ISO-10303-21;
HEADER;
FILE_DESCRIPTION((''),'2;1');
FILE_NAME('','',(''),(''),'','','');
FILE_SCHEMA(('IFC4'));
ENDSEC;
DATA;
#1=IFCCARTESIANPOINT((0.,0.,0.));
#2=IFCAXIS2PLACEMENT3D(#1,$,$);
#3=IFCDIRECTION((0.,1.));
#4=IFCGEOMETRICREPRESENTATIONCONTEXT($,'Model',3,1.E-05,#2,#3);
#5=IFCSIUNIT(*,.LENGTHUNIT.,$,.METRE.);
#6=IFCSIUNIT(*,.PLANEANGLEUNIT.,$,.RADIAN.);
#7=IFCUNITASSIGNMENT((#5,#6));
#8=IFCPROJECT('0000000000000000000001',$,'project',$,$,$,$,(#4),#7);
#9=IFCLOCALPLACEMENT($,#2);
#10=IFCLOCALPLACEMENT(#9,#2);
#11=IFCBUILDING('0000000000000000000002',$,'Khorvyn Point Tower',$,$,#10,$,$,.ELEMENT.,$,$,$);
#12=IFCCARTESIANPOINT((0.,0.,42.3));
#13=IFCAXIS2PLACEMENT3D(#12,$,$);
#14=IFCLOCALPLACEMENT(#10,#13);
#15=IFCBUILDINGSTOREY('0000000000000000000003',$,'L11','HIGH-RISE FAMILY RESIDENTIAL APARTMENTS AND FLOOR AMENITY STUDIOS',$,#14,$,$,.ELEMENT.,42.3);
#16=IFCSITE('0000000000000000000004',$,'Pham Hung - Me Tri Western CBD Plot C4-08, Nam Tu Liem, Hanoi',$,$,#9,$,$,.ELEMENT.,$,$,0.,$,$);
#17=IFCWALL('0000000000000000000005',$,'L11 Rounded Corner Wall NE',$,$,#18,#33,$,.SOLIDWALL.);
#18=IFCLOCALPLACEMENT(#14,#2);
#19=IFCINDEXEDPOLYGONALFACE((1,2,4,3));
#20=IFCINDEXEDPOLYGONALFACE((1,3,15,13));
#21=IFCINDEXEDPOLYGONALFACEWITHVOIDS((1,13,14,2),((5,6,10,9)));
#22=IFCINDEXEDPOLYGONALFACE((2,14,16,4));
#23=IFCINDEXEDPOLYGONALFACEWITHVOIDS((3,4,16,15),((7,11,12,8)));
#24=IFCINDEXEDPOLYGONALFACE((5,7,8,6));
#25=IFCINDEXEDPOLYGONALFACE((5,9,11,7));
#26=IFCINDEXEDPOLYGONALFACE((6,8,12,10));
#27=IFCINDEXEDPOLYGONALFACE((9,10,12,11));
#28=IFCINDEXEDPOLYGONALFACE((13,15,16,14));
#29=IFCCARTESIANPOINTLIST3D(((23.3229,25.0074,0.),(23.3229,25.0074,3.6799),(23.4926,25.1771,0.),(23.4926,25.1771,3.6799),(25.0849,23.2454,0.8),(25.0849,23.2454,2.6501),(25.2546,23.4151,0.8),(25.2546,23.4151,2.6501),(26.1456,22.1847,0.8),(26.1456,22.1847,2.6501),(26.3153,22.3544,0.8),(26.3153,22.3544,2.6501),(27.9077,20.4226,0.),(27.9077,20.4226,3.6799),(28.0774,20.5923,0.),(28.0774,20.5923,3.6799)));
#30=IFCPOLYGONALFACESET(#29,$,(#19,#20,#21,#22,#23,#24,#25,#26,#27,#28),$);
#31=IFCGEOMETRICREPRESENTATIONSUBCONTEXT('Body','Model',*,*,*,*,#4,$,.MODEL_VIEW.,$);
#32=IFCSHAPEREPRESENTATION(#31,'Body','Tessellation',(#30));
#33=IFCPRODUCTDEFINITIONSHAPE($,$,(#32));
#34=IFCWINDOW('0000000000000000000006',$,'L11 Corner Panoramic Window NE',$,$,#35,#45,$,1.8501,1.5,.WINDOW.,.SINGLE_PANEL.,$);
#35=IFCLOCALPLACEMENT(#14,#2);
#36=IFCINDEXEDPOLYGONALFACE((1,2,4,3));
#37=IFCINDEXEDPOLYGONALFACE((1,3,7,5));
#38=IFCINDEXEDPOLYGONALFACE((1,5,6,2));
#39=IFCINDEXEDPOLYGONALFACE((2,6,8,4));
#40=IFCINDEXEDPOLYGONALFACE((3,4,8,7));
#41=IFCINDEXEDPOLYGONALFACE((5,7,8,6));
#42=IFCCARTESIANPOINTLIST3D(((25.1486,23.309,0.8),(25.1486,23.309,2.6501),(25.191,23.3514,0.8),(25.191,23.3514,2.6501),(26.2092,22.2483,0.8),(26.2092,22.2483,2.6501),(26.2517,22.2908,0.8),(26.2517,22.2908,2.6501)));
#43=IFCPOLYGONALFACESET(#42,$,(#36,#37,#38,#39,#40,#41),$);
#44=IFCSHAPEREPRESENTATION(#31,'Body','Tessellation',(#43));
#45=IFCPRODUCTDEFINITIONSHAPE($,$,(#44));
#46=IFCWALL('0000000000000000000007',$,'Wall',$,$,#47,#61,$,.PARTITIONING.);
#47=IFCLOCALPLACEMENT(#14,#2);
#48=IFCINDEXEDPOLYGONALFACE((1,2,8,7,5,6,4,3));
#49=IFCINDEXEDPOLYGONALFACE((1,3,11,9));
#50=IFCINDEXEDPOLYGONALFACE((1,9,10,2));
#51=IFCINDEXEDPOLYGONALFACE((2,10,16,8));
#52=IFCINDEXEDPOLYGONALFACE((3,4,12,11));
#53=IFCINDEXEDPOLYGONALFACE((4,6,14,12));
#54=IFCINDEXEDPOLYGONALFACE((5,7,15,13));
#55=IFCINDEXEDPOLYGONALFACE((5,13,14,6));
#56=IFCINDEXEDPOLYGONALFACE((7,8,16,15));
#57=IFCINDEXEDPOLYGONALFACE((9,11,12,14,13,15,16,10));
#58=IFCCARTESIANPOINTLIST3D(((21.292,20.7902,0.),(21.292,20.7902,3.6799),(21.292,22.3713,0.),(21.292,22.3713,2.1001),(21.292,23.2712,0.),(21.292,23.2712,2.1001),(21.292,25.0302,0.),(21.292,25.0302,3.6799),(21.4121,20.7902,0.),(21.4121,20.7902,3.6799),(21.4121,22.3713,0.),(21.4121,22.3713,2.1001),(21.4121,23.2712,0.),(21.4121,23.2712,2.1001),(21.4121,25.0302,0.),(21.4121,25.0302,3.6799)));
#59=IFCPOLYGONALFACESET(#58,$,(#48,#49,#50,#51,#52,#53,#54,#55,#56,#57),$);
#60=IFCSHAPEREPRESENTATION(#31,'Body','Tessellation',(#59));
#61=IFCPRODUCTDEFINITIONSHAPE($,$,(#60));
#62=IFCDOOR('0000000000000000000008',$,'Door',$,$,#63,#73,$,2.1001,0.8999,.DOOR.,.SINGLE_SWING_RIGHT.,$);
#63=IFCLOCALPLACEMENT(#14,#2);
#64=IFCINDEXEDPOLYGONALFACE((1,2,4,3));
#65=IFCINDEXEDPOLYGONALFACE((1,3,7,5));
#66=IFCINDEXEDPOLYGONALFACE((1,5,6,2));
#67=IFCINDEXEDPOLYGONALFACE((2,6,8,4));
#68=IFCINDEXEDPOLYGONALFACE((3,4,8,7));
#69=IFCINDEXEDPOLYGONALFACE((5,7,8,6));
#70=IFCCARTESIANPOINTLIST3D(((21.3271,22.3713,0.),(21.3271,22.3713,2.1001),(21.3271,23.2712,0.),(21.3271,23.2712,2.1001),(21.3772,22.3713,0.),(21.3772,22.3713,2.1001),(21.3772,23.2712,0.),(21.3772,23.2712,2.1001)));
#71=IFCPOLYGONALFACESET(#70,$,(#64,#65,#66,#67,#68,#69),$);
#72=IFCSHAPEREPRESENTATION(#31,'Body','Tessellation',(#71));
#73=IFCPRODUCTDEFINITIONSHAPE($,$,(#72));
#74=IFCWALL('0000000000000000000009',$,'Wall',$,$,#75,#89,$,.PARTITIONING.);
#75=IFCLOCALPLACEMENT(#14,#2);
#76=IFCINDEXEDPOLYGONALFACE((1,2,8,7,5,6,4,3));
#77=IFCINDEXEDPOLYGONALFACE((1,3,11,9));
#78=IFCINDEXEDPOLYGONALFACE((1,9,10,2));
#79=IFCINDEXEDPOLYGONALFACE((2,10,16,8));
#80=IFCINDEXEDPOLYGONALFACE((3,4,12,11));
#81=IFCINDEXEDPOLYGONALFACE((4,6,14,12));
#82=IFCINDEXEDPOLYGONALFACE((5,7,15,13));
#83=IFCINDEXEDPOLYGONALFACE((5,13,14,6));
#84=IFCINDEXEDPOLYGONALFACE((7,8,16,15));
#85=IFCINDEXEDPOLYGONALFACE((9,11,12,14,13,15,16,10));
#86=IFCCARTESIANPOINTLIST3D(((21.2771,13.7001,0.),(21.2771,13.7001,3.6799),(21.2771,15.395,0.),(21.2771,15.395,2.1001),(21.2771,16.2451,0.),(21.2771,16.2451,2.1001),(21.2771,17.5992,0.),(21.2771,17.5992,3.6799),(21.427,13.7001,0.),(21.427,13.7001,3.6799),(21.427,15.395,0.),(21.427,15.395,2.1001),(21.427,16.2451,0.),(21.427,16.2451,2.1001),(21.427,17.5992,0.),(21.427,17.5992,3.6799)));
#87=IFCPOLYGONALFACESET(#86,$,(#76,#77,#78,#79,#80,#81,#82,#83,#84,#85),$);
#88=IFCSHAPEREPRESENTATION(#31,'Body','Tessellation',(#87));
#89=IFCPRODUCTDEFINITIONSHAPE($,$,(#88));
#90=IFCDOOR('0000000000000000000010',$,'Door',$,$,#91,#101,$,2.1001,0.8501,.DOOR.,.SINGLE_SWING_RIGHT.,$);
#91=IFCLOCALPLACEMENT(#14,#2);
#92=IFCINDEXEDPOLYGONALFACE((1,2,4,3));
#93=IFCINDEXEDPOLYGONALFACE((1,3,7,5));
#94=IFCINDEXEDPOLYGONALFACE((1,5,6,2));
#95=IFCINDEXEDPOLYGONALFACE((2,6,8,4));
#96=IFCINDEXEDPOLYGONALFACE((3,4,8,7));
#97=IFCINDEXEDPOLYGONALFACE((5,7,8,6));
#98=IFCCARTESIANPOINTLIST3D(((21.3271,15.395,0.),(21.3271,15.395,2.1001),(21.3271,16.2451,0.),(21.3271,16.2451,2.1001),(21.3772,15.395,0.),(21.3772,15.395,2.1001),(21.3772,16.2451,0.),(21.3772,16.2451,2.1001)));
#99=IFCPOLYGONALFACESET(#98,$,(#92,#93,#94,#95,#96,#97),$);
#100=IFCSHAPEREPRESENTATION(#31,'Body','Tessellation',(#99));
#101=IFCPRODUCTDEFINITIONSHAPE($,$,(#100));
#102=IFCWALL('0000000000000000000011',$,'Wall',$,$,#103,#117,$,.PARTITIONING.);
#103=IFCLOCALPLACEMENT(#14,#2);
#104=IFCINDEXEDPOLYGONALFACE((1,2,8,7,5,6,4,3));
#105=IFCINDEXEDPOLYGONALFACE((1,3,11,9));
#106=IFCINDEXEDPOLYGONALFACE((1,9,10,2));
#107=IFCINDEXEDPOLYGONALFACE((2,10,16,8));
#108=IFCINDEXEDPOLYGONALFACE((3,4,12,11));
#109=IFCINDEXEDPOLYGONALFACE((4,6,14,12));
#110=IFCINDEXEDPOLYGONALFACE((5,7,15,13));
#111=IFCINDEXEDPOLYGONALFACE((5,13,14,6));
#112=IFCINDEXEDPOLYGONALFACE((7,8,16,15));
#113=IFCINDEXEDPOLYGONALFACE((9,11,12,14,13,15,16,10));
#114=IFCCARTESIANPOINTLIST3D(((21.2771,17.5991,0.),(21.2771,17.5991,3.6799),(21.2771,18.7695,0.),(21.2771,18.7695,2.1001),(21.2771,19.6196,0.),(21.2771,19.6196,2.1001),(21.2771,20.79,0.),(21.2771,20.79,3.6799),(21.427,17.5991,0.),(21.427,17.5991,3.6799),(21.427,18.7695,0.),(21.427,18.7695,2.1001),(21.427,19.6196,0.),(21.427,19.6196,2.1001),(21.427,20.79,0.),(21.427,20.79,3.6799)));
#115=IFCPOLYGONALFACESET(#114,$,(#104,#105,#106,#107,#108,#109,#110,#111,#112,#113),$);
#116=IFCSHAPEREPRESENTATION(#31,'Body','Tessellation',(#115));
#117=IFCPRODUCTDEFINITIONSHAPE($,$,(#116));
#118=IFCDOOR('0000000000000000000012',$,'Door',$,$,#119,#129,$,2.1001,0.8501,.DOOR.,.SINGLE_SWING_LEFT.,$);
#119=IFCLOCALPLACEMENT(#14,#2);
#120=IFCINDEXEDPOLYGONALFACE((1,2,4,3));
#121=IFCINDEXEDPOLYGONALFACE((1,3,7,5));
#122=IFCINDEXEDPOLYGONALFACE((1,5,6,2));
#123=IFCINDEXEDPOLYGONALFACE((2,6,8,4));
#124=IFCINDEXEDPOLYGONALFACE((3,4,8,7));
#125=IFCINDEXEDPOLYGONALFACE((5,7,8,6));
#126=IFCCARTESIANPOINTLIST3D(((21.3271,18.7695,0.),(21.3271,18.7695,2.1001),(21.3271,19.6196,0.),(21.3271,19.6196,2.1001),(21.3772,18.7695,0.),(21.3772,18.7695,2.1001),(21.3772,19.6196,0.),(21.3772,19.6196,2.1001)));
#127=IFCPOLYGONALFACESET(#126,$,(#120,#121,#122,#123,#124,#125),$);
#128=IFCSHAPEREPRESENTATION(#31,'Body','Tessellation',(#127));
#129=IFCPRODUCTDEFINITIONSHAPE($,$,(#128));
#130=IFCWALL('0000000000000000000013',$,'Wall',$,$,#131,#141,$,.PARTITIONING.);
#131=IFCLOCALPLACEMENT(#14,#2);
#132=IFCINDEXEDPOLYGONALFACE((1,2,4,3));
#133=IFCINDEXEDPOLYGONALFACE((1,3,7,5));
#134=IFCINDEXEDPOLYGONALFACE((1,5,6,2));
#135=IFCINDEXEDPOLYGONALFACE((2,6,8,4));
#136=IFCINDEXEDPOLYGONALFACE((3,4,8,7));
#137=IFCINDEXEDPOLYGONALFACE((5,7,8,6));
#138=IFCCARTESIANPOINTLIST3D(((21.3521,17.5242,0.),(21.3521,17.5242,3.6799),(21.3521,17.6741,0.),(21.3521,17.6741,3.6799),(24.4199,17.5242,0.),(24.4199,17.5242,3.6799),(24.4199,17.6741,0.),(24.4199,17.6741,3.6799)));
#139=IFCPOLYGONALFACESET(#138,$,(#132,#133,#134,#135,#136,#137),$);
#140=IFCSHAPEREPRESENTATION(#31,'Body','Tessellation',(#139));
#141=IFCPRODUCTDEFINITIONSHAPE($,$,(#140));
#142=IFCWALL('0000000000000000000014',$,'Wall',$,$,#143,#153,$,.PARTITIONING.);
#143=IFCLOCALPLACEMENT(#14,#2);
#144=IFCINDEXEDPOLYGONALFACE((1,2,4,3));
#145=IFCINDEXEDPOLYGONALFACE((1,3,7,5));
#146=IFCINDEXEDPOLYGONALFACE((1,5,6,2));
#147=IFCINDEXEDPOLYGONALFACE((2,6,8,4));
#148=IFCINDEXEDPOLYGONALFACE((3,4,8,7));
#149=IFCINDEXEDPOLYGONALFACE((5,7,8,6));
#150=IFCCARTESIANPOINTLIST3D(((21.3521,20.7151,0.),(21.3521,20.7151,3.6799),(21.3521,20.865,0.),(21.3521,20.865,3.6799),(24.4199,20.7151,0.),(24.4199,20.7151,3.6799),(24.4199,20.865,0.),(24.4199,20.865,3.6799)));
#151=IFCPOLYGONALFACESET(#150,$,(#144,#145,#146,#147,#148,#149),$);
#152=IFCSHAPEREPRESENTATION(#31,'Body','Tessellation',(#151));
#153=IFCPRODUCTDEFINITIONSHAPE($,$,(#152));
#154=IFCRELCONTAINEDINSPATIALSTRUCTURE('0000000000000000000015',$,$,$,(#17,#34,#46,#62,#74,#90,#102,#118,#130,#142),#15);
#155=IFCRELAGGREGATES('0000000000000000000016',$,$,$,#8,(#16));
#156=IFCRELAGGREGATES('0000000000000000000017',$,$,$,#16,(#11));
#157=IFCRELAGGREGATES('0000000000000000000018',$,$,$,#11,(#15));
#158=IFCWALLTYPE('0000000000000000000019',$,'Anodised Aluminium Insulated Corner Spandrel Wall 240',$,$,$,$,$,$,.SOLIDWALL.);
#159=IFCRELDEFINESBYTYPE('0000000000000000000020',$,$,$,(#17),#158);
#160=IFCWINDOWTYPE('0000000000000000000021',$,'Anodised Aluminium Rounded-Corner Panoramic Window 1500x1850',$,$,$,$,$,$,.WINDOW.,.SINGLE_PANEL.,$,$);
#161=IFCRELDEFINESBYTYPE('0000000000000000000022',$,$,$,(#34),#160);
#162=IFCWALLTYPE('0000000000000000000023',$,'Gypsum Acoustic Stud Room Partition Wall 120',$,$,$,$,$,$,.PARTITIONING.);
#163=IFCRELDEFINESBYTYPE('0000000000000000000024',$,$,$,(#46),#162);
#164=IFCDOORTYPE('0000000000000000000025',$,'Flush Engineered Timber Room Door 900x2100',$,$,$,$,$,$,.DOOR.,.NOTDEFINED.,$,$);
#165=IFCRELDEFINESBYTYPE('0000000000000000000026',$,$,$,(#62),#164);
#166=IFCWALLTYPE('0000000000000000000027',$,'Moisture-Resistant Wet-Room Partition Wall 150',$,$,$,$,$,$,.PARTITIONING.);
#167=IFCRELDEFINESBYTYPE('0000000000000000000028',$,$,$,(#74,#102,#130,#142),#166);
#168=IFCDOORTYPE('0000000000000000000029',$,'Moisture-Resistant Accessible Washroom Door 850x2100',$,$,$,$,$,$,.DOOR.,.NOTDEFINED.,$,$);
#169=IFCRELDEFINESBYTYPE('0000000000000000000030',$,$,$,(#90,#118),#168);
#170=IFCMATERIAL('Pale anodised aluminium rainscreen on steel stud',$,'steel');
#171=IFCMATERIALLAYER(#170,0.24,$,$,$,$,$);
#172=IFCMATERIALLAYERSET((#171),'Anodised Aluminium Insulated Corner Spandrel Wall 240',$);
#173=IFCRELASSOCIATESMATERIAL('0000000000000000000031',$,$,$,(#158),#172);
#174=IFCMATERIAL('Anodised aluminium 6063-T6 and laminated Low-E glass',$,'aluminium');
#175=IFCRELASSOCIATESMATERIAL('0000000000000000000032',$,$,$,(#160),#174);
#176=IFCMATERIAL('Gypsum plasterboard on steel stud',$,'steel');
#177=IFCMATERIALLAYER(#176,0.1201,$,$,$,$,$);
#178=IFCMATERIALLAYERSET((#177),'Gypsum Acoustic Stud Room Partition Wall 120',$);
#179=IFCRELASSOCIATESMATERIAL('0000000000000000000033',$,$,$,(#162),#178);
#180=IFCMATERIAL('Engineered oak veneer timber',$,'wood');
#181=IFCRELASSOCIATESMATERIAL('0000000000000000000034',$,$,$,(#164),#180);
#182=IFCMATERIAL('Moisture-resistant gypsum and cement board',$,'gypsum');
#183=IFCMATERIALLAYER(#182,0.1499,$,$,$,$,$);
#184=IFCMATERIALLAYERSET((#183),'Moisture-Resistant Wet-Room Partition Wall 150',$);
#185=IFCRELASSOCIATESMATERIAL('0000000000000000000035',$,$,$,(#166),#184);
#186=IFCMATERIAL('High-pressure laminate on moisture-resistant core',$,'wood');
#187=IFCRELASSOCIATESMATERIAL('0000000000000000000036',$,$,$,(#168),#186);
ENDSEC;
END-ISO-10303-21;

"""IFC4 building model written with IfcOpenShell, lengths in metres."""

from ifc_helpers import new_model, si_unit, direction, frame, frame_2d, origin, place, context, subcontext, project, spatial, rectangle, extrude, material, layer, layer_set, type_object, element, fill, save


model = new_model("IFC4")

# Units and contexts
model_context = context("Model", 3, precision=1e-05, world=origin(), true_north=direction((0.0, 1.0)))
body_context = subcontext(model_context, "Body", "Model", "MODEL_VIEW")
ifc_project = project(units=[si_unit("LENGTHUNIT", "METRE"), si_unit("PLANEANGLEUNIT", "RADIAN")], contexts=[model_context])

# Site, building, storey
site_placement = place(None, origin())
site = spatial("IfcSite", under=ifc_project, at=site_placement, Name="Pham Hung - Me Tri Western CBD Plot C4-08, Nam Tu Liem, Hanoi", CompositionType="ELEMENT", RefElevation=0.0)
building_placement = place(site_placement, origin())
building = spatial("IfcBuilding", under=site, at=building_placement, Name="Khorvyn Point Tower", CompositionType="ELEMENT")
storey_placement = place(building_placement, frame((0.0, 0.0, 42.3)))
storey = spatial("IfcBuildingStorey", under=building, at=storey_placement, Name="L11", Description="HIGH-RISE FAMILY RESIDENTIAL APARTMENTS AND FLOOR AMENITY STUDIOS", CompositionType="ELEMENT", Elevation=42.3)

# Shared definitions
ifc_material_1 = material(Name="Anodised aluminium 6063-T6 and laminated Low-E glass", Category="aluminium")

# Wall, opening, window
ifc_material_2 = material(Name="Pale anodised aluminium rainscreen on steel stud", Category="steel")
ifc_layer_1 = layer(ifc_material_2, 0.24)
ifc_layer_set_1 = layer_set([ifc_layer_1], Name="Anodised Aluminium Insulated Corner Spandrel Wall 240")
wall_type_1 = type_object("IfcWallType", Name="Anodised Aluminium Insulated Corner Spandrel Wall 240", PredefinedType="SOLIDWALL", material=ifc_layer_set_1)
wall_1_placement = place(storey_placement, frame((23.4077, 25.0923, 0.0), z_axis=(0.0, 0.0, 1.0), x_axis=(0.707107, -0.707107, 0.0)))
wall_1 = element("IfcWall", 1, at=wall_1_placement, inside=storey, type_object=wall_type_1, Name="L11 Rounded Corner Wall NE", PredefinedType="SOLIDWALL", context=body_context, shape_type="SweptSolid", body=[
    extrude(rectangle(XDim=6.4839, YDim=0.24, at=frame_2d((3.2419, 0.0))), origin(), (0.0, 0.0, 1.0), 3.6799),
])
opening_1_placement = place(wall_1_placement, frame((2.4919, 0.0, 0.8)))
opening_1 = element("IfcOpeningElement", 2, at=opening_1_placement, cuts=wall_1, PredefinedType="OPENING", context=body_context, shape_type="SweptSolid", body=[
    extrude(rectangle(XDim=1.5, YDim=1.8501, at=frame_2d((0.75, 0.925))), frame((0.0, 0.1299, 0.0), z_axis=(0.0, -1.0, 0.0), x_axis=(1.0, 0.0, 0.0)), (0.0, 0.0, 1.0), 0.26),
])
window_type = type_object("IfcWindowType", Name="Anodised Aluminium Rounded-Corner Panoramic Window 1500x1850", PartitioningType="SINGLE_PANEL", PredefinedType="WINDOW", material=ifc_material_1)
window_placement = place(opening_1_placement, origin())
window = element("IfcWindow", 3, at=window_placement, inside=storey, type_object=window_type, Name="L11 Corner Panoramic Window NE", OverallHeight=1.8501, OverallWidth=1.5, PartitioningType="SINGLE_PANEL", PredefinedType="WINDOW", context=body_context, shape_type="SweptSolid", body=[
    extrude(rectangle(XDim=1.5, YDim=1.8501, at=frame_2d((0.75, 0.925))), frame((0.0, 0.03, 0.0), z_axis=(0.0, -1.0, 0.0), x_axis=(1.0, 0.0, 0.0)), (0.0, 0.0, 1.0), 0.0601),
])
fill(opening_1, window)

# Walls, openings, doors
ifc_material_3 = material(Name="Gypsum plasterboard on steel stud", Category="steel")
ifc_layer_2 = layer(ifc_material_3, 0.1201)
ifc_layer_set_2 = layer_set([ifc_layer_2], Name="Gypsum Acoustic Stud Room Partition Wall 120")
wall_type_2 = type_object("IfcWallType", Name="Gypsum Acoustic Stud Room Partition Wall 120", PredefinedType="PARTITIONING", material=ifc_layer_set_2)
wall_2_placement = place(storey_placement, frame((21.3521, 20.79, 0.0), z_axis=(0.0, 0.0, 1.0), x_axis=(0.0, 1.0, 0.0)))
wall_2 = element("IfcWall", 4, at=wall_2_placement, inside=storey, type_object=wall_type_2, Name="Wall", PredefinedType="PARTITIONING", context=body_context, shape_type="SweptSolid", body=[
    extrude(rectangle(XDim=4.24, YDim=0.1201, at=frame_2d((2.1201, 0.0))), origin(), (0.0, 0.0, 1.0), 3.6799),
])
opening_2_placement = place(wall_2_placement, frame((1.5813, 0.0, 0.0)))
opening_2 = element("IfcOpeningElement", 5, at=opening_2_placement, cuts=wall_2, PredefinedType="OPENING", context=body_context, shape_type="SweptSolid", body=[
    extrude(rectangle(XDim=0.8999, YDim=2.1001, at=frame_2d((0.45, 1.05))), frame((0.0, 0.0701, 0.0), z_axis=(0.0, -1.0, 0.0), x_axis=(1.0, 0.0, 0.0)), (0.0, 0.0, 1.0), 0.1401),
])
ifc_material_4 = material(Name="Engineered oak veneer timber", Category="wood")
door_type_1 = type_object("IfcDoorType", Name="Flush Engineered Timber Room Door 900x2100", OperationType="NOTDEFINED", PredefinedType="DOOR", material=ifc_material_4)
door_1_placement = place(opening_2_placement, origin())
door_1 = element("IfcDoor", 6, at=door_1_placement, inside=storey, type_object=door_type_1, Name="Door", OperationType="SINGLE_SWING_RIGHT", OverallHeight=2.1001, OverallWidth=0.8999, PredefinedType="DOOR", context=body_context, shape_type="SweptSolid", body=[
    extrude(rectangle(XDim=0.8999, YDim=2.1001, at=frame_2d((0.45, 1.05))), frame((0.0, 0.0249, 0.0), z_axis=(0.0, -1.0, 0.0), x_axis=(1.0, 0.0, 0.0)), (0.0, 0.0, 1.0), 0.05),
])
fill(opening_2, door_1)
ifc_material_5 = material(Name="Moisture-resistant gypsum and cement board", Category="gypsum")
ifc_layer_3 = layer(ifc_material_5, 0.1499)
ifc_layer_set_3 = layer_set([ifc_layer_3], Name="Moisture-Resistant Wet-Room Partition Wall 150")
wall_type_3 = type_object("IfcWallType", Name="Moisture-Resistant Wet-Room Partition Wall 150", PredefinedType="PARTITIONING", material=ifc_layer_set_3)
wall_3_placement = place(storey_placement, frame((21.3521, 13.7, 0.0), z_axis=(0.0, 0.0, 1.0), x_axis=(0.0, 1.0, 0.0)))
wall_3 = element("IfcWall", 7, at=wall_3_placement, inside=storey, type_object=wall_type_3, Name="Wall", PredefinedType="PARTITIONING", context=body_context, shape_type="SweptSolid", body=[
    extrude(rectangle(XDim=3.8992, YDim=0.1499, at=frame_2d((1.9497, 0.0))), origin(), (0.0, 0.0, 1.0), 3.6799),
])
opening_3_placement = place(wall_3_placement, frame((1.6951, 0.0, 0.0)))
opening_3 = element("IfcOpeningElement", 8, at=opening_3_placement, cuts=wall_3, PredefinedType="OPENING", context=body_context, shape_type="SweptSolid", body=[
    extrude(rectangle(XDim=0.8501, YDim=2.1001, at=frame_2d((0.425, 1.05))), frame((0.0, 0.085, 0.0), z_axis=(0.0, -1.0, 0.0), x_axis=(1.0, 0.0, 0.0)), (0.0, 0.0, 1.0), 0.1699),
])
ifc_material_6 = material(Name="High-pressure laminate on moisture-resistant core", Category="wood")
door_type_2 = type_object("IfcDoorType", Name="Moisture-Resistant Accessible Washroom Door 850x2100", OperationType="NOTDEFINED", PredefinedType="DOOR", material=ifc_material_6)
door_2_placement = place(opening_3_placement, origin())
door_2 = element("IfcDoor", 9, at=door_2_placement, inside=storey, type_object=door_type_2, Name="Door", OperationType="SINGLE_SWING_RIGHT", OverallHeight=2.1001, OverallWidth=0.8501, PredefinedType="DOOR", context=body_context, shape_type="SweptSolid", body=[
    extrude(rectangle(XDim=0.8501, YDim=2.1001, at=frame_2d((0.425, 1.05))), frame((0.0, 0.0249, 0.0), z_axis=(0.0, -1.0, 0.0), x_axis=(1.0, 0.0, 0.0)), (0.0, 0.0, 1.0), 0.05),
])
fill(opening_3, door_2)
wall_4_placement = place(storey_placement, frame((21.3521, 17.5991, 0.0), z_axis=(0.0, 0.0, 1.0), x_axis=(0.0, 1.0, 0.0)))
wall_4 = element("IfcWall", 10, at=wall_4_placement, inside=storey, type_object=wall_type_3, Name="Wall", PredefinedType="PARTITIONING", context=body_context, shape_type="SweptSolid", body=[
    extrude(rectangle(XDim=3.1909, YDim=0.1499, at=frame_2d((1.5955, 0.0))), origin(), (0.0, 0.0, 1.0), 3.6799),
])
opening_4_placement = place(wall_4_placement, frame((1.1704, 0.0, 0.0)))
opening_4 = element("IfcOpeningElement", 11, at=opening_4_placement, cuts=wall_4, PredefinedType="OPENING", context=body_context, shape_type="SweptSolid", body=[
    extrude(rectangle(XDim=0.8501, YDim=2.1001, at=frame_2d((0.425, 1.05))), frame((0.0, 0.085, 0.0), z_axis=(0.0, -1.0, 0.0), x_axis=(1.0, 0.0, 0.0)), (0.0, 0.0, 1.0), 0.1699),
])
door_3_placement = place(opening_4_placement, origin())
door_3 = element("IfcDoor", 12, at=door_3_placement, inside=storey, type_object=door_type_2, Name="Door", OperationType="SINGLE_SWING_LEFT", OverallHeight=2.1001, OverallWidth=0.8501, PredefinedType="DOOR", context=body_context, shape_type="SweptSolid", body=[
    extrude(rectangle(XDim=0.8501, YDim=2.1001, at=frame_2d((0.425, 1.05))), frame((0.0, 0.0249, 0.0), z_axis=(0.0, -1.0, 0.0), x_axis=(1.0, 0.0, 0.0)), (0.0, 0.0, 1.0), 0.05),
])
fill(opening_4, door_3)

# Walls
for number, where, z_axis, x_axis, name in (
    (13, (21.3521, 17.5991, 0.0), (0.0, 0.0, 1.0), (1.0, 0.0, 0.0), "Wall"),
    (14, (21.3521, 20.79, 0.0), (0.0, 0.0, 1.0), (1.0, 0.0, 0.0), "Wall"),
):
    element("IfcWall", number, at=place(storey_placement, frame(where, z_axis=z_axis, x_axis=x_axis)), inside=storey, type_object=wall_type_3, Name=name, PredefinedType="PARTITIONING", context=body_context, shape_type="SweptSolid", body=[
        extrude(rectangle(XDim=3.0679, YDim=0.1499, at=frame_2d((1.5339, 0.0))), origin(), (0.0, 0.0, 1.0), 3.6799),
    ])

save(model, "model.ifc")
